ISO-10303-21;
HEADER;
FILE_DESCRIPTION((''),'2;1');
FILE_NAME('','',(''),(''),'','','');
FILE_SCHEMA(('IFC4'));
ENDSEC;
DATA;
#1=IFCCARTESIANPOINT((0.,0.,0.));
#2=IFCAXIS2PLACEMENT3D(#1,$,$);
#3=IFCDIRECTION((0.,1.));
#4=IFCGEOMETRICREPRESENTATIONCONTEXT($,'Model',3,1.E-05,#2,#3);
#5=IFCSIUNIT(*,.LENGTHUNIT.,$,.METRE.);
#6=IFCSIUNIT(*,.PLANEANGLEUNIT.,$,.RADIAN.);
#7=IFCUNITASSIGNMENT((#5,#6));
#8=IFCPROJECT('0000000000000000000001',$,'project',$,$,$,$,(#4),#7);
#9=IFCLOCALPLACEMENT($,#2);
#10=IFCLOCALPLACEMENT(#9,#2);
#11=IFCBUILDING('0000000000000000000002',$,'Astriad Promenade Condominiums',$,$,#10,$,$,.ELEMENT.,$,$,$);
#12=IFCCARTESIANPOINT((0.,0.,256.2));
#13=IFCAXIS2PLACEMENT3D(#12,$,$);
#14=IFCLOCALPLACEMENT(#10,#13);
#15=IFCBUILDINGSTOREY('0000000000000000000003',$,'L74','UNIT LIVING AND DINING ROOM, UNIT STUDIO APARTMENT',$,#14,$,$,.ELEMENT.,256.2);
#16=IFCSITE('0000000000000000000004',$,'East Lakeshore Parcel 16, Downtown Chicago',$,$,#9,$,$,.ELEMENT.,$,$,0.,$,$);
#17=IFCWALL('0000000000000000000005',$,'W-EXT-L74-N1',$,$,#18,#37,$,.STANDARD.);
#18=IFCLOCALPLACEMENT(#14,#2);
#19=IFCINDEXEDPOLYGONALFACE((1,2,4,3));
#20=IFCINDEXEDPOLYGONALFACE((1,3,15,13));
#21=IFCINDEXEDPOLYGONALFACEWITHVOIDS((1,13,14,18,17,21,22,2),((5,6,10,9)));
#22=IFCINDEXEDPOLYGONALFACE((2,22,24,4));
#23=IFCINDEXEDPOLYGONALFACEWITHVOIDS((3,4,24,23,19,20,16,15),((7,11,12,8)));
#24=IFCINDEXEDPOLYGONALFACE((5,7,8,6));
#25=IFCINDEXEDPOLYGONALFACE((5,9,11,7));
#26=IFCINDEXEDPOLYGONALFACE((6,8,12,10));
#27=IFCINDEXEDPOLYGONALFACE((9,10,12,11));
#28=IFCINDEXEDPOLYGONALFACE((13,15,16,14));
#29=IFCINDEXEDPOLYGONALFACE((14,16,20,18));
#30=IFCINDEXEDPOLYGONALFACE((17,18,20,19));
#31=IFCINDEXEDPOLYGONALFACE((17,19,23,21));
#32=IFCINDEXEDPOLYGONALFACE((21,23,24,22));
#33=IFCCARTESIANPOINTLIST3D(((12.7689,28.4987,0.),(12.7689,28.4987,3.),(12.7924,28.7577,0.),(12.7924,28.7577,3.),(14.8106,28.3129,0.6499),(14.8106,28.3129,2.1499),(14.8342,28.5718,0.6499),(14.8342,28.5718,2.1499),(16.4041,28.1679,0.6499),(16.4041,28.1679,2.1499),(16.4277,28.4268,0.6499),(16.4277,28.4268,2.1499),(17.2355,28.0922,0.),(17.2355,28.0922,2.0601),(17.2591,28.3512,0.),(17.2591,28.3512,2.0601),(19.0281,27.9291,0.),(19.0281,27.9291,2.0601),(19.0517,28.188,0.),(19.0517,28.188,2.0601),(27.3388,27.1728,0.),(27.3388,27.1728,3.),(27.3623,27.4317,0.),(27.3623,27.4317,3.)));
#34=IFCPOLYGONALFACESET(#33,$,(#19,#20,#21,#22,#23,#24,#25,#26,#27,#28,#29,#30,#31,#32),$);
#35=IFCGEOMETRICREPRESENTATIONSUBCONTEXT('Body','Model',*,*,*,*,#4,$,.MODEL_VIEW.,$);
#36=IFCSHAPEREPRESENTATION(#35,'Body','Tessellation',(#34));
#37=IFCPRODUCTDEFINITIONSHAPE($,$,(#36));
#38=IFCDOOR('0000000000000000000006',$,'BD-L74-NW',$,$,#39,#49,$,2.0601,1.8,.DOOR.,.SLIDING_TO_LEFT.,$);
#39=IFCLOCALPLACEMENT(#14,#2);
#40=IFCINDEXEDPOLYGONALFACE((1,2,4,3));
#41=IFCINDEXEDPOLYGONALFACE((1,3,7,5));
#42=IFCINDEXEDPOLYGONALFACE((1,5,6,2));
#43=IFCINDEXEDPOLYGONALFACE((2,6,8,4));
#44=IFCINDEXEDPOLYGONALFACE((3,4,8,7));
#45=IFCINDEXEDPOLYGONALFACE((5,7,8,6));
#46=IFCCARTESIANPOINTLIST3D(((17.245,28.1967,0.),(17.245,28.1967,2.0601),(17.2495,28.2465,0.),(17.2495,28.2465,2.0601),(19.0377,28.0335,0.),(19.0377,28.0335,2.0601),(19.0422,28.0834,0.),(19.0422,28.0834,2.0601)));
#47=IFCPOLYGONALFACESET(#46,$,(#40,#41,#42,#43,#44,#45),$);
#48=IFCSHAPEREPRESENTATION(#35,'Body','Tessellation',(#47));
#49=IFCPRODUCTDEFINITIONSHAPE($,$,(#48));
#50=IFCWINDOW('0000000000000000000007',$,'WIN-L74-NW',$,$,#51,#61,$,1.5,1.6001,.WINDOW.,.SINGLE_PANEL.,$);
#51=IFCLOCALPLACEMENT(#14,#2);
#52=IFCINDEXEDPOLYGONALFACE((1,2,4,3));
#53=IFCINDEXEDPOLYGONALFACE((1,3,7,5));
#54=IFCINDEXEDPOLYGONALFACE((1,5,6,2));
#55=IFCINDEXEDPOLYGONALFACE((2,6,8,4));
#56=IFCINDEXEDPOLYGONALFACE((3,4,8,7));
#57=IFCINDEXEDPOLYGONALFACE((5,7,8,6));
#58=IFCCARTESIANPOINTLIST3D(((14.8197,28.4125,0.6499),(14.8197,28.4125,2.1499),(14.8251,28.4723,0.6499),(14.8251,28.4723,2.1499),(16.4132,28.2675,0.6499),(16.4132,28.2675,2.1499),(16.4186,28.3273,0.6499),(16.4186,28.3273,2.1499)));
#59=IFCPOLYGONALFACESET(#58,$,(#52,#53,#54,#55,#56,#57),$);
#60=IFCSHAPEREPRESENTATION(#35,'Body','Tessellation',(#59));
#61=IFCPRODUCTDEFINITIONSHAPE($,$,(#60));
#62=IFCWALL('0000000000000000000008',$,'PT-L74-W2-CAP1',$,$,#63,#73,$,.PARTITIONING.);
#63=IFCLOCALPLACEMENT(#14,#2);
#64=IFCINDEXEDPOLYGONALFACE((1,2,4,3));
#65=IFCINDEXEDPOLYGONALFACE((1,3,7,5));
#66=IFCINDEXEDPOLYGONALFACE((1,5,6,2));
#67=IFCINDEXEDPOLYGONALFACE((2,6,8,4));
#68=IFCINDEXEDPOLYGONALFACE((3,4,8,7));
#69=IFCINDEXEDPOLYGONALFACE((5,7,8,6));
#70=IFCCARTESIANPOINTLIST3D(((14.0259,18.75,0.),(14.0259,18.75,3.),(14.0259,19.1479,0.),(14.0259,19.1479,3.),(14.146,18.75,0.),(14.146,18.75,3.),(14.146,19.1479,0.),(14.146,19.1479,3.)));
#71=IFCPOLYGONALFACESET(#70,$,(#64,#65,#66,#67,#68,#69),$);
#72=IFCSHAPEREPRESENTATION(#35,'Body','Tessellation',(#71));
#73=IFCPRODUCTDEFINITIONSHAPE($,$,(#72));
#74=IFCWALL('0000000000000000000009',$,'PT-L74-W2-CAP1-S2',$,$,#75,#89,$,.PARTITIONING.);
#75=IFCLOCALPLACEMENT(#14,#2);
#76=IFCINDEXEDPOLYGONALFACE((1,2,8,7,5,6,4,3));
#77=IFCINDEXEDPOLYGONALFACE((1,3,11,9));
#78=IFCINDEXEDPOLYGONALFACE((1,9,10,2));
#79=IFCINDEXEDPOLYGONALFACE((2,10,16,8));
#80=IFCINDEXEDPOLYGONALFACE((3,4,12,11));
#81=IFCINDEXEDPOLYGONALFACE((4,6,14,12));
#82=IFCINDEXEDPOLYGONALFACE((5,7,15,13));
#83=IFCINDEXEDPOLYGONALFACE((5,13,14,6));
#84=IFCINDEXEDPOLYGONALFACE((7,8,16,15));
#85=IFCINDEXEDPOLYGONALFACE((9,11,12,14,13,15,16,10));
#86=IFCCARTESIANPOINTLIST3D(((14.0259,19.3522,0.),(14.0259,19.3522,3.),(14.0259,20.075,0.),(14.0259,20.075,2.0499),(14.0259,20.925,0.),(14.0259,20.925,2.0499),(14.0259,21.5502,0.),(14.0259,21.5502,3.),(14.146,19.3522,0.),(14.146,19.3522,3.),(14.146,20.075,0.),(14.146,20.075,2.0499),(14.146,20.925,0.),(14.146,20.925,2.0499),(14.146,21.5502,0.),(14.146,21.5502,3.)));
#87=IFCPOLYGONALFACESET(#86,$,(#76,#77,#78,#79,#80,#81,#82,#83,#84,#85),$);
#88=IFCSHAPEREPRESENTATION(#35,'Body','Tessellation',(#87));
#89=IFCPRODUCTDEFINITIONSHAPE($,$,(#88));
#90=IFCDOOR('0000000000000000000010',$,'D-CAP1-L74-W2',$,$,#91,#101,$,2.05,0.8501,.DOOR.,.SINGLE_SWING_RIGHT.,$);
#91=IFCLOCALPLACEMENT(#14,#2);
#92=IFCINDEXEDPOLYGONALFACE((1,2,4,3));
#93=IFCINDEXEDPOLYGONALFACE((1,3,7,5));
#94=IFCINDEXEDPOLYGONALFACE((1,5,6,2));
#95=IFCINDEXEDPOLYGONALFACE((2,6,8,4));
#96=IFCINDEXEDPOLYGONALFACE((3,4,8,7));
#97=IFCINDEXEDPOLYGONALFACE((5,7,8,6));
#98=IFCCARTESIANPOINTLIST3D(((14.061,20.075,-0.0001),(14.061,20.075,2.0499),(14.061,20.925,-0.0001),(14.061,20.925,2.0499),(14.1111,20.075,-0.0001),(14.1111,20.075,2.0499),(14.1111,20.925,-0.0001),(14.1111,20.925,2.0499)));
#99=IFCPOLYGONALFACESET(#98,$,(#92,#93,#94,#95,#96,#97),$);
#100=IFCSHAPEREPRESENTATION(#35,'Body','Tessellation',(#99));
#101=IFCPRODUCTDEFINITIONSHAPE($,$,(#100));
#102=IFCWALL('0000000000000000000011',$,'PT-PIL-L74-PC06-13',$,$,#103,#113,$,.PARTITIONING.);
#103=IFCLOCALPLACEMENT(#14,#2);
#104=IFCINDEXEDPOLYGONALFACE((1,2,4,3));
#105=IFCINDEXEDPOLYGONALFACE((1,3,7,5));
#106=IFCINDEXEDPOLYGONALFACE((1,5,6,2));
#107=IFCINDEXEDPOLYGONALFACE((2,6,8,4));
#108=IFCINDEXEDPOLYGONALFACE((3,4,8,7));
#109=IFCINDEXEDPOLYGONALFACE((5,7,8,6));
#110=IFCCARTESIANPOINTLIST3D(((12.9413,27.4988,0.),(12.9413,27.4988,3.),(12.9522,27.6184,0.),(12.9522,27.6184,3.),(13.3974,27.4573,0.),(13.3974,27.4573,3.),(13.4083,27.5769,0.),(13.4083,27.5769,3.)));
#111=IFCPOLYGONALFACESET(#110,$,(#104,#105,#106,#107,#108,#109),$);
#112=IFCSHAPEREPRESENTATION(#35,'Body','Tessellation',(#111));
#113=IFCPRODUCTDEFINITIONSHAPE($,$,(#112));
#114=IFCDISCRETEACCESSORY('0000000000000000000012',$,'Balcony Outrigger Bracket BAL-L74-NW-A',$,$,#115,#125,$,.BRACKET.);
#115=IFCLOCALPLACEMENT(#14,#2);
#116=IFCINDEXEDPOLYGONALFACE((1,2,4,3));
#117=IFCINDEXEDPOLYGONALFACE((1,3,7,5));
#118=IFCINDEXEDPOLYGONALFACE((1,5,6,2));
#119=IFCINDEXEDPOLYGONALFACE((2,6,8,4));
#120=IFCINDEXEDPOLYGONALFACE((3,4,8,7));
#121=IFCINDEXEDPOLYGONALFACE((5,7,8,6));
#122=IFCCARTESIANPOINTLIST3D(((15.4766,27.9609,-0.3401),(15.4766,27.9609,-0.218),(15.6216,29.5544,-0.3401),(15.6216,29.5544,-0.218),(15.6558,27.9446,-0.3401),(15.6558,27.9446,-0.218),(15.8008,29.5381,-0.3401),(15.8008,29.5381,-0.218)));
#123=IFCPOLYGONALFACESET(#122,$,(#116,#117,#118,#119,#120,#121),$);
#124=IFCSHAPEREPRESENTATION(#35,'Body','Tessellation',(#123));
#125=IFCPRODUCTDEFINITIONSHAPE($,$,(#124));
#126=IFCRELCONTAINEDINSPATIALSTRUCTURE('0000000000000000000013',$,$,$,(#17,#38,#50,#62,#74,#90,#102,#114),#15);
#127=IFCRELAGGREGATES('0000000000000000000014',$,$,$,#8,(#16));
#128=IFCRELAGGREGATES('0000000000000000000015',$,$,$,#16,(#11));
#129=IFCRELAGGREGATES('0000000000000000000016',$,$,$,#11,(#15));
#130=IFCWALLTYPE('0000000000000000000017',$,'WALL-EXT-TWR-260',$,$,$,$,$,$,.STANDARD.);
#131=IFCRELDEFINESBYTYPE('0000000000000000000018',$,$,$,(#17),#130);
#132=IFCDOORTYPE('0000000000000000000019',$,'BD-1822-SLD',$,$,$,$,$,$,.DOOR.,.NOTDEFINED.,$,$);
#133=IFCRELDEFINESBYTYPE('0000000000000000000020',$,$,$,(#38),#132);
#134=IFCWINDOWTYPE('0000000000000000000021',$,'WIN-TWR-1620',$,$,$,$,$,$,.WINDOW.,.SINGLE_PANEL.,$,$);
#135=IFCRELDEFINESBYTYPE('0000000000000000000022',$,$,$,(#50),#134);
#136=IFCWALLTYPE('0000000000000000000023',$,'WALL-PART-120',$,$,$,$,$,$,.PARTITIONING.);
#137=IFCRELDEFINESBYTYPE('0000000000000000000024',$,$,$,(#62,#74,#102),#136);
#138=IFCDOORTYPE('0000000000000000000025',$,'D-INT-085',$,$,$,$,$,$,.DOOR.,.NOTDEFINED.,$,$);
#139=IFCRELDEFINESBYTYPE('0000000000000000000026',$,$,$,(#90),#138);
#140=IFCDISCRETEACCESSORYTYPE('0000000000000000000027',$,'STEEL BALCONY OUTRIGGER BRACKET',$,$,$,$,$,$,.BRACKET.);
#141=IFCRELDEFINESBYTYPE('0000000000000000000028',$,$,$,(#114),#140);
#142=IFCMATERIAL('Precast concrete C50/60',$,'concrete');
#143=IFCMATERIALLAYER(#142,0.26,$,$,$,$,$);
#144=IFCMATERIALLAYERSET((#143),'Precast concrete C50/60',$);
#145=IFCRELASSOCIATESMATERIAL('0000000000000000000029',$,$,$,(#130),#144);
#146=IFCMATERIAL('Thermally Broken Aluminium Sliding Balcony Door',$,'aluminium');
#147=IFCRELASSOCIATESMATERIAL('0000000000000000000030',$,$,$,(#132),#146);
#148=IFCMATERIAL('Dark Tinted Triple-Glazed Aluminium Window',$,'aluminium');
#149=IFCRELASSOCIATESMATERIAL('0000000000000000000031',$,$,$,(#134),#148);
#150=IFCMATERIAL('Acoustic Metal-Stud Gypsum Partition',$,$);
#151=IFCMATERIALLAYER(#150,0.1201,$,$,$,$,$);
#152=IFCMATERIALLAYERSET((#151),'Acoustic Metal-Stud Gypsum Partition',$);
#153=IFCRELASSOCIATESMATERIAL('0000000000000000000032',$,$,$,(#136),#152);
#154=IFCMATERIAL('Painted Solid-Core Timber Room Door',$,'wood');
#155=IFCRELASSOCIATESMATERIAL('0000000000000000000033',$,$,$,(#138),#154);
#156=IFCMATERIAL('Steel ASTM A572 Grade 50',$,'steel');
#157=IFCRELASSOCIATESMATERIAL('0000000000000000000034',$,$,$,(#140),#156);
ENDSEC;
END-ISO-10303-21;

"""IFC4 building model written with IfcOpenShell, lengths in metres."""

from ifc_helpers import new_model, si_unit, direction, frame, frame_2d, origin, origin_2d, place, context, subcontext, project, spatial, rectangle, extrude, source, transform, mapped, material, layer, layer_set, type_object, type_shapes, element, fill, save


model = new_model("IFC4")

# Units and contexts
model_context = context("Model", 3, precision=1e-05, world=origin(), true_north=direction((0.0, 1.0)))
body_context = subcontext(model_context, "Body", "Model", "MODEL_VIEW")
ifc_project = project(units=[si_unit("LENGTHUNIT", "METRE"), si_unit("PLANEANGLEUNIT", "RADIAN")], contexts=[model_context])

# Site, building, storey
site_placement = place(None, origin())
site = spatial("IfcSite", under=ifc_project, at=site_placement, Name="East Lakeshore Parcel 16, Downtown Chicago", CompositionType="ELEMENT", RefElevation=0.0)
building_placement = place(site_placement, origin())
building = spatial("IfcBuilding", under=site, at=building_placement, Name="Astriad Promenade Condominiums", CompositionType="ELEMENT")
storey_placement = place(building_placement, frame((0.0, 0.0, 256.2)))
storey = spatial("IfcBuildingStorey", under=building, at=storey_placement, Name="L74", Description="UNIT LIVING AND DINING ROOM, UNIT STUDIO APARTMENT", CompositionType="ELEMENT", Elevation=256.2)

# Shared definitions
ifc_material_1 = material(Name="Precast concrete C50/60", Category="concrete")
ifc_layer_1 = layer(ifc_material_1, 0.26)
ifc_layer_set_1 = layer_set([ifc_layer_1], Name="Precast concrete C50/60")
wall_type_1 = type_object("IfcWallType", Name="WALL-EXT-TWR-260", PredefinedType="STANDARD", material=ifc_layer_set_1)

# Wall, openings, door, window
wall_1_placement = place(storey_placement, frame((12.7808, 28.6282, 0.0), z_axis=(0.0, 0.0, 1.0), x_axis=(0.995885, -0.090631, 0.0)))
wall_1 = element("IfcWall", 1, at=wall_1_placement, inside=storey, type_object=wall_type_1, Name="W-EXT-L74-N1", PredefinedType="STANDARD", context=body_context, shape_type="SweptSolid", body=[
    extrude(rectangle(XDim=14.6301, YDim=0.26, at=frame_2d((7.3149, 0.0))), origin(), (0.0, 0.0, 1.0), 3.0),
])
opening_1_placement = place(wall_1_placement, frame((4.4851, 0.0, 0.0)))
opening_1 = element("IfcOpeningElement", 2, at=opening_1_placement, cuts=wall_1, PredefinedType="OPENING", context=body_context, shape_type="SweptSolid", body=[
    extrude(rectangle(XDim=1.8, YDim=2.0601, at=frame_2d((0.8999, 1.03))), frame((0.0, 0.1399, 0.0), z_axis=(0.0, -1.0, 0.0), x_axis=(1.0, 0.0, 0.0)), (0.0, 0.0, 1.0), 0.28),
])
opening_2_placement = place(wall_1_placement, frame((2.05, 0.0, 0.6499)))
opening_2 = element("IfcOpeningElement", 3, at=opening_2_placement, cuts=wall_1, PredefinedType="OPENING", context=body_context, shape_type="SweptSolid", body=[
    extrude(rectangle(XDim=1.6001, YDim=1.5, at=frame_2d((0.8, 0.75))), frame((0.0, 0.1399, 0.0), z_axis=(0.0, -1.0, 0.0), x_axis=(1.0, 0.0, 0.0)), (0.0, 0.0, 1.0), 0.28),
])
ifc_material_2 = material(Name="Thermally Broken Aluminium Sliding Balcony Door", Category="aluminium")
door_type_1 = type_object("IfcDoorType", Name="BD-1822-SLD", OperationType="NOTDEFINED", PredefinedType="DOOR", material=ifc_material_2)
shared_shape_1 = source(origin(), body_context, "Body", "SweptSolid", [
    extrude(rectangle(XDim=1.8, YDim=2.0601, at=frame_2d((0.8999, 1.03))), frame((0.0, 0.0249, 0.0), z_axis=(0.0, -1.0, 0.0), x_axis=(1.0, 0.0, 0.0)), (0.0, 0.0, 1.0), 0.05),
])
type_shapes(door_type_1, [shared_shape_1])
door_1_placement = place(opening_1_placement, origin())
door_1 = element("IfcDoor", 4, at=door_1_placement, inside=storey, type_object=door_type_1, Name="BD-L74-NW", OperationType="SLIDING_TO_LEFT", OverallHeight=2.0601, OverallWidth=1.8, PredefinedType="DOOR", context=body_context, shape_type="MappedRepresentation", body=[
    mapped(shared_shape_1, transform((0.0, 0.0, 0.0), scale=1.0)),
])
fill(opening_1, door_1)
ifc_material_3 = material(Name="Dark Tinted Triple-Glazed Aluminium Window", Category="aluminium")
window_type = type_object("IfcWindowType", Name="WIN-TWR-1620", PartitioningType="SINGLE_PANEL", PredefinedType="WINDOW", material=ifc_material_3)
shared_shape_2 = source(origin(), body_context, "Body", "SweptSolid", [
    extrude(rectangle(XDim=1.6001, YDim=1.5, at=frame_2d((0.8, 0.75))), frame((0.0, 0.03, 0.0), z_axis=(0.0, -1.0, 0.0), x_axis=(1.0, 0.0, 0.0)), (0.0, 0.0, 1.0), 0.0601),
])
type_shapes(window_type, [shared_shape_2])
window_placement = place(opening_2_placement, origin())
window = element("IfcWindow", 5, at=window_placement, inside=storey, type_object=window_type, Name="WIN-L74-NW", OverallHeight=1.5, OverallWidth=1.6001, PartitioningType="SINGLE_PANEL", PredefinedType="WINDOW", context=body_context, shape_type="MappedRepresentation", body=[
    mapped(shared_shape_2, transform((0.0, 0.0, 0.0), scale=1.0)),
])
fill(opening_2, window)

# Wall
ifc_material_4 = material(Name="Acoustic Metal-Stud Gypsum Partition")
ifc_layer_2 = layer(ifc_material_4, 0.1201)
ifc_layer_set_2 = layer_set([ifc_layer_2], Name="Acoustic Metal-Stud Gypsum Partition")
wall_type_2 = type_object("IfcWallType", Name="WALL-PART-120", PredefinedType="PARTITIONING", material=ifc_layer_set_2)
wall_2_placement = place(storey_placement, frame((14.0859, 18.75, 0.0), z_axis=(0.0, 0.0, 1.0), x_axis=(0.0, 1.0, 0.0)))
element("IfcWall", 6, at=wall_2_placement, inside=storey, type_object=wall_type_2, Name="PT-L74-W2-CAP1", PredefinedType="PARTITIONING", context=body_context, shape_type="SweptSolid", body=[
    extrude(rectangle(XDim=0.3979, YDim=0.1201, at=frame_2d((0.199, 0.0))), origin(), (0.0, 0.0, 1.0), 3.0),
])

# Wall, opening, door
wall_3_placement = place(storey_placement, frame((14.0859, 19.3521, 0.0), z_axis=(0.0, 0.0, 1.0), x_axis=(0.0, 1.0, 0.0)))
wall_3 = element("IfcWall", 7, at=wall_3_placement, inside=storey, type_object=wall_type_2, Name="PT-L74-W2-CAP1-S2", PredefinedType="PARTITIONING", context=body_context, shape_type="SweptSolid", body=[
    extrude(rectangle(XDim=2.198, YDim=0.1201, at=frame_2d((1.0991, 0.0))), origin(), (0.0, 0.0, 1.0), 3.0),
])
opening_3_placement = place(wall_3_placement, frame((0.7229, 0.0, 0.0)))
opening_3 = element("IfcOpeningElement", 8, at=opening_3_placement, cuts=wall_3, PredefinedType="OPENING", context=body_context, shape_type="SweptSolid", body=[
    extrude(rectangle(XDim=0.8501, YDim=2.05, at=frame_2d((0.425, 1.0249))), frame((0.0, 0.0701, 0.0), z_axis=(0.0, -1.0, 0.0), x_axis=(1.0, 0.0, 0.0)), (0.0, 0.0, 1.0), 0.1401),
])
ifc_material_5 = material(Name="Painted Solid-Core Timber Room Door", Category="wood")
door_type_2 = type_object("IfcDoorType", Name="D-INT-085", OperationType="NOTDEFINED", PredefinedType="DOOR", material=ifc_material_5)
shared_shape_3 = source(origin(), body_context, "Body", "SweptSolid", [
    extrude(rectangle(XDim=0.8501, YDim=2.05, at=frame_2d((0.425, 1.0249))), frame((0.0, 0.0249, 0.0), z_axis=(0.0, -1.0, 0.0), x_axis=(1.0, 0.0, 0.0)), (0.0, 0.0, 1.0), 0.05),
])
type_shapes(door_type_2, [shared_shape_3])
door_2_placement = place(opening_3_placement, origin())
door_2 = element("IfcDoor", 9, at=door_2_placement, inside=storey, type_object=door_type_2, Name="D-CAP1-L74-W2", OperationType="SINGLE_SWING_RIGHT", OverallHeight=2.05, OverallWidth=0.8501, PredefinedType="DOOR", context=body_context, shape_type="MappedRepresentation", body=[
    mapped(shared_shape_3, transform((0.0, 0.0, 0.0), scale=1.0)),
])
fill(opening_3, door_2)

# Wall
wall_4_placement = place(storey_placement, frame((13.4028, 27.5171, 0.0), z_axis=(0.0, 0.0, 1.0), x_axis=(-0.995884, 0.090632, 0.0)))
element("IfcWall", 10, at=wall_4_placement, inside=storey, type_object=wall_type_2, Name="PT-PIL-L74-PC06-13", PredefinedType="PARTITIONING", context=body_context, shape_type="SweptSolid", body=[
    extrude(rectangle(XDim=0.458, YDim=0.1201, at=frame_2d((0.229, 0.0))), origin(), (0.0, 0.0, 1.0), 3.0),
])

# Discrete accessory
ifc_material_6 = material(Name="Steel ASTM A572 Grade 50", Category="steel")
discrete_accessory_type = type_object("IfcDiscreteAccessoryType", Name="STEEL BALCONY OUTRIGGER BRACKET", PredefinedType="BRACKET", material=ifc_material_6)
shared_shape_4 = source(origin(), body_context, "Body", "SweptSolid", [
    extrude(rectangle(XDim=1.6001, YDim=0.1799, at=origin_2d()), origin(), (0.0, 0.0, 1.0), 0.1221),
])
type_shapes(discrete_accessory_type, [shared_shape_4])
discrete_accessory_placement = place(storey_placement, frame((15.6387, 28.7495, -0.3401), z_axis=(0.0, 0.0, 1.0), x_axis=(0.090633, 0.995884, 0.0)))
element("IfcDiscreteAccessory", 11, at=discrete_accessory_placement, inside=storey, type_object=discrete_accessory_type, Name="Balcony Outrigger Bracket BAL-L74-NW-A", PredefinedType="BRACKET", context=body_context, shape_type="MappedRepresentation", body=[
    mapped(shared_shape_4, transform((0.0, 0.0, 0.0), scale=1.0)),
])

save(model, "model.ifc")
